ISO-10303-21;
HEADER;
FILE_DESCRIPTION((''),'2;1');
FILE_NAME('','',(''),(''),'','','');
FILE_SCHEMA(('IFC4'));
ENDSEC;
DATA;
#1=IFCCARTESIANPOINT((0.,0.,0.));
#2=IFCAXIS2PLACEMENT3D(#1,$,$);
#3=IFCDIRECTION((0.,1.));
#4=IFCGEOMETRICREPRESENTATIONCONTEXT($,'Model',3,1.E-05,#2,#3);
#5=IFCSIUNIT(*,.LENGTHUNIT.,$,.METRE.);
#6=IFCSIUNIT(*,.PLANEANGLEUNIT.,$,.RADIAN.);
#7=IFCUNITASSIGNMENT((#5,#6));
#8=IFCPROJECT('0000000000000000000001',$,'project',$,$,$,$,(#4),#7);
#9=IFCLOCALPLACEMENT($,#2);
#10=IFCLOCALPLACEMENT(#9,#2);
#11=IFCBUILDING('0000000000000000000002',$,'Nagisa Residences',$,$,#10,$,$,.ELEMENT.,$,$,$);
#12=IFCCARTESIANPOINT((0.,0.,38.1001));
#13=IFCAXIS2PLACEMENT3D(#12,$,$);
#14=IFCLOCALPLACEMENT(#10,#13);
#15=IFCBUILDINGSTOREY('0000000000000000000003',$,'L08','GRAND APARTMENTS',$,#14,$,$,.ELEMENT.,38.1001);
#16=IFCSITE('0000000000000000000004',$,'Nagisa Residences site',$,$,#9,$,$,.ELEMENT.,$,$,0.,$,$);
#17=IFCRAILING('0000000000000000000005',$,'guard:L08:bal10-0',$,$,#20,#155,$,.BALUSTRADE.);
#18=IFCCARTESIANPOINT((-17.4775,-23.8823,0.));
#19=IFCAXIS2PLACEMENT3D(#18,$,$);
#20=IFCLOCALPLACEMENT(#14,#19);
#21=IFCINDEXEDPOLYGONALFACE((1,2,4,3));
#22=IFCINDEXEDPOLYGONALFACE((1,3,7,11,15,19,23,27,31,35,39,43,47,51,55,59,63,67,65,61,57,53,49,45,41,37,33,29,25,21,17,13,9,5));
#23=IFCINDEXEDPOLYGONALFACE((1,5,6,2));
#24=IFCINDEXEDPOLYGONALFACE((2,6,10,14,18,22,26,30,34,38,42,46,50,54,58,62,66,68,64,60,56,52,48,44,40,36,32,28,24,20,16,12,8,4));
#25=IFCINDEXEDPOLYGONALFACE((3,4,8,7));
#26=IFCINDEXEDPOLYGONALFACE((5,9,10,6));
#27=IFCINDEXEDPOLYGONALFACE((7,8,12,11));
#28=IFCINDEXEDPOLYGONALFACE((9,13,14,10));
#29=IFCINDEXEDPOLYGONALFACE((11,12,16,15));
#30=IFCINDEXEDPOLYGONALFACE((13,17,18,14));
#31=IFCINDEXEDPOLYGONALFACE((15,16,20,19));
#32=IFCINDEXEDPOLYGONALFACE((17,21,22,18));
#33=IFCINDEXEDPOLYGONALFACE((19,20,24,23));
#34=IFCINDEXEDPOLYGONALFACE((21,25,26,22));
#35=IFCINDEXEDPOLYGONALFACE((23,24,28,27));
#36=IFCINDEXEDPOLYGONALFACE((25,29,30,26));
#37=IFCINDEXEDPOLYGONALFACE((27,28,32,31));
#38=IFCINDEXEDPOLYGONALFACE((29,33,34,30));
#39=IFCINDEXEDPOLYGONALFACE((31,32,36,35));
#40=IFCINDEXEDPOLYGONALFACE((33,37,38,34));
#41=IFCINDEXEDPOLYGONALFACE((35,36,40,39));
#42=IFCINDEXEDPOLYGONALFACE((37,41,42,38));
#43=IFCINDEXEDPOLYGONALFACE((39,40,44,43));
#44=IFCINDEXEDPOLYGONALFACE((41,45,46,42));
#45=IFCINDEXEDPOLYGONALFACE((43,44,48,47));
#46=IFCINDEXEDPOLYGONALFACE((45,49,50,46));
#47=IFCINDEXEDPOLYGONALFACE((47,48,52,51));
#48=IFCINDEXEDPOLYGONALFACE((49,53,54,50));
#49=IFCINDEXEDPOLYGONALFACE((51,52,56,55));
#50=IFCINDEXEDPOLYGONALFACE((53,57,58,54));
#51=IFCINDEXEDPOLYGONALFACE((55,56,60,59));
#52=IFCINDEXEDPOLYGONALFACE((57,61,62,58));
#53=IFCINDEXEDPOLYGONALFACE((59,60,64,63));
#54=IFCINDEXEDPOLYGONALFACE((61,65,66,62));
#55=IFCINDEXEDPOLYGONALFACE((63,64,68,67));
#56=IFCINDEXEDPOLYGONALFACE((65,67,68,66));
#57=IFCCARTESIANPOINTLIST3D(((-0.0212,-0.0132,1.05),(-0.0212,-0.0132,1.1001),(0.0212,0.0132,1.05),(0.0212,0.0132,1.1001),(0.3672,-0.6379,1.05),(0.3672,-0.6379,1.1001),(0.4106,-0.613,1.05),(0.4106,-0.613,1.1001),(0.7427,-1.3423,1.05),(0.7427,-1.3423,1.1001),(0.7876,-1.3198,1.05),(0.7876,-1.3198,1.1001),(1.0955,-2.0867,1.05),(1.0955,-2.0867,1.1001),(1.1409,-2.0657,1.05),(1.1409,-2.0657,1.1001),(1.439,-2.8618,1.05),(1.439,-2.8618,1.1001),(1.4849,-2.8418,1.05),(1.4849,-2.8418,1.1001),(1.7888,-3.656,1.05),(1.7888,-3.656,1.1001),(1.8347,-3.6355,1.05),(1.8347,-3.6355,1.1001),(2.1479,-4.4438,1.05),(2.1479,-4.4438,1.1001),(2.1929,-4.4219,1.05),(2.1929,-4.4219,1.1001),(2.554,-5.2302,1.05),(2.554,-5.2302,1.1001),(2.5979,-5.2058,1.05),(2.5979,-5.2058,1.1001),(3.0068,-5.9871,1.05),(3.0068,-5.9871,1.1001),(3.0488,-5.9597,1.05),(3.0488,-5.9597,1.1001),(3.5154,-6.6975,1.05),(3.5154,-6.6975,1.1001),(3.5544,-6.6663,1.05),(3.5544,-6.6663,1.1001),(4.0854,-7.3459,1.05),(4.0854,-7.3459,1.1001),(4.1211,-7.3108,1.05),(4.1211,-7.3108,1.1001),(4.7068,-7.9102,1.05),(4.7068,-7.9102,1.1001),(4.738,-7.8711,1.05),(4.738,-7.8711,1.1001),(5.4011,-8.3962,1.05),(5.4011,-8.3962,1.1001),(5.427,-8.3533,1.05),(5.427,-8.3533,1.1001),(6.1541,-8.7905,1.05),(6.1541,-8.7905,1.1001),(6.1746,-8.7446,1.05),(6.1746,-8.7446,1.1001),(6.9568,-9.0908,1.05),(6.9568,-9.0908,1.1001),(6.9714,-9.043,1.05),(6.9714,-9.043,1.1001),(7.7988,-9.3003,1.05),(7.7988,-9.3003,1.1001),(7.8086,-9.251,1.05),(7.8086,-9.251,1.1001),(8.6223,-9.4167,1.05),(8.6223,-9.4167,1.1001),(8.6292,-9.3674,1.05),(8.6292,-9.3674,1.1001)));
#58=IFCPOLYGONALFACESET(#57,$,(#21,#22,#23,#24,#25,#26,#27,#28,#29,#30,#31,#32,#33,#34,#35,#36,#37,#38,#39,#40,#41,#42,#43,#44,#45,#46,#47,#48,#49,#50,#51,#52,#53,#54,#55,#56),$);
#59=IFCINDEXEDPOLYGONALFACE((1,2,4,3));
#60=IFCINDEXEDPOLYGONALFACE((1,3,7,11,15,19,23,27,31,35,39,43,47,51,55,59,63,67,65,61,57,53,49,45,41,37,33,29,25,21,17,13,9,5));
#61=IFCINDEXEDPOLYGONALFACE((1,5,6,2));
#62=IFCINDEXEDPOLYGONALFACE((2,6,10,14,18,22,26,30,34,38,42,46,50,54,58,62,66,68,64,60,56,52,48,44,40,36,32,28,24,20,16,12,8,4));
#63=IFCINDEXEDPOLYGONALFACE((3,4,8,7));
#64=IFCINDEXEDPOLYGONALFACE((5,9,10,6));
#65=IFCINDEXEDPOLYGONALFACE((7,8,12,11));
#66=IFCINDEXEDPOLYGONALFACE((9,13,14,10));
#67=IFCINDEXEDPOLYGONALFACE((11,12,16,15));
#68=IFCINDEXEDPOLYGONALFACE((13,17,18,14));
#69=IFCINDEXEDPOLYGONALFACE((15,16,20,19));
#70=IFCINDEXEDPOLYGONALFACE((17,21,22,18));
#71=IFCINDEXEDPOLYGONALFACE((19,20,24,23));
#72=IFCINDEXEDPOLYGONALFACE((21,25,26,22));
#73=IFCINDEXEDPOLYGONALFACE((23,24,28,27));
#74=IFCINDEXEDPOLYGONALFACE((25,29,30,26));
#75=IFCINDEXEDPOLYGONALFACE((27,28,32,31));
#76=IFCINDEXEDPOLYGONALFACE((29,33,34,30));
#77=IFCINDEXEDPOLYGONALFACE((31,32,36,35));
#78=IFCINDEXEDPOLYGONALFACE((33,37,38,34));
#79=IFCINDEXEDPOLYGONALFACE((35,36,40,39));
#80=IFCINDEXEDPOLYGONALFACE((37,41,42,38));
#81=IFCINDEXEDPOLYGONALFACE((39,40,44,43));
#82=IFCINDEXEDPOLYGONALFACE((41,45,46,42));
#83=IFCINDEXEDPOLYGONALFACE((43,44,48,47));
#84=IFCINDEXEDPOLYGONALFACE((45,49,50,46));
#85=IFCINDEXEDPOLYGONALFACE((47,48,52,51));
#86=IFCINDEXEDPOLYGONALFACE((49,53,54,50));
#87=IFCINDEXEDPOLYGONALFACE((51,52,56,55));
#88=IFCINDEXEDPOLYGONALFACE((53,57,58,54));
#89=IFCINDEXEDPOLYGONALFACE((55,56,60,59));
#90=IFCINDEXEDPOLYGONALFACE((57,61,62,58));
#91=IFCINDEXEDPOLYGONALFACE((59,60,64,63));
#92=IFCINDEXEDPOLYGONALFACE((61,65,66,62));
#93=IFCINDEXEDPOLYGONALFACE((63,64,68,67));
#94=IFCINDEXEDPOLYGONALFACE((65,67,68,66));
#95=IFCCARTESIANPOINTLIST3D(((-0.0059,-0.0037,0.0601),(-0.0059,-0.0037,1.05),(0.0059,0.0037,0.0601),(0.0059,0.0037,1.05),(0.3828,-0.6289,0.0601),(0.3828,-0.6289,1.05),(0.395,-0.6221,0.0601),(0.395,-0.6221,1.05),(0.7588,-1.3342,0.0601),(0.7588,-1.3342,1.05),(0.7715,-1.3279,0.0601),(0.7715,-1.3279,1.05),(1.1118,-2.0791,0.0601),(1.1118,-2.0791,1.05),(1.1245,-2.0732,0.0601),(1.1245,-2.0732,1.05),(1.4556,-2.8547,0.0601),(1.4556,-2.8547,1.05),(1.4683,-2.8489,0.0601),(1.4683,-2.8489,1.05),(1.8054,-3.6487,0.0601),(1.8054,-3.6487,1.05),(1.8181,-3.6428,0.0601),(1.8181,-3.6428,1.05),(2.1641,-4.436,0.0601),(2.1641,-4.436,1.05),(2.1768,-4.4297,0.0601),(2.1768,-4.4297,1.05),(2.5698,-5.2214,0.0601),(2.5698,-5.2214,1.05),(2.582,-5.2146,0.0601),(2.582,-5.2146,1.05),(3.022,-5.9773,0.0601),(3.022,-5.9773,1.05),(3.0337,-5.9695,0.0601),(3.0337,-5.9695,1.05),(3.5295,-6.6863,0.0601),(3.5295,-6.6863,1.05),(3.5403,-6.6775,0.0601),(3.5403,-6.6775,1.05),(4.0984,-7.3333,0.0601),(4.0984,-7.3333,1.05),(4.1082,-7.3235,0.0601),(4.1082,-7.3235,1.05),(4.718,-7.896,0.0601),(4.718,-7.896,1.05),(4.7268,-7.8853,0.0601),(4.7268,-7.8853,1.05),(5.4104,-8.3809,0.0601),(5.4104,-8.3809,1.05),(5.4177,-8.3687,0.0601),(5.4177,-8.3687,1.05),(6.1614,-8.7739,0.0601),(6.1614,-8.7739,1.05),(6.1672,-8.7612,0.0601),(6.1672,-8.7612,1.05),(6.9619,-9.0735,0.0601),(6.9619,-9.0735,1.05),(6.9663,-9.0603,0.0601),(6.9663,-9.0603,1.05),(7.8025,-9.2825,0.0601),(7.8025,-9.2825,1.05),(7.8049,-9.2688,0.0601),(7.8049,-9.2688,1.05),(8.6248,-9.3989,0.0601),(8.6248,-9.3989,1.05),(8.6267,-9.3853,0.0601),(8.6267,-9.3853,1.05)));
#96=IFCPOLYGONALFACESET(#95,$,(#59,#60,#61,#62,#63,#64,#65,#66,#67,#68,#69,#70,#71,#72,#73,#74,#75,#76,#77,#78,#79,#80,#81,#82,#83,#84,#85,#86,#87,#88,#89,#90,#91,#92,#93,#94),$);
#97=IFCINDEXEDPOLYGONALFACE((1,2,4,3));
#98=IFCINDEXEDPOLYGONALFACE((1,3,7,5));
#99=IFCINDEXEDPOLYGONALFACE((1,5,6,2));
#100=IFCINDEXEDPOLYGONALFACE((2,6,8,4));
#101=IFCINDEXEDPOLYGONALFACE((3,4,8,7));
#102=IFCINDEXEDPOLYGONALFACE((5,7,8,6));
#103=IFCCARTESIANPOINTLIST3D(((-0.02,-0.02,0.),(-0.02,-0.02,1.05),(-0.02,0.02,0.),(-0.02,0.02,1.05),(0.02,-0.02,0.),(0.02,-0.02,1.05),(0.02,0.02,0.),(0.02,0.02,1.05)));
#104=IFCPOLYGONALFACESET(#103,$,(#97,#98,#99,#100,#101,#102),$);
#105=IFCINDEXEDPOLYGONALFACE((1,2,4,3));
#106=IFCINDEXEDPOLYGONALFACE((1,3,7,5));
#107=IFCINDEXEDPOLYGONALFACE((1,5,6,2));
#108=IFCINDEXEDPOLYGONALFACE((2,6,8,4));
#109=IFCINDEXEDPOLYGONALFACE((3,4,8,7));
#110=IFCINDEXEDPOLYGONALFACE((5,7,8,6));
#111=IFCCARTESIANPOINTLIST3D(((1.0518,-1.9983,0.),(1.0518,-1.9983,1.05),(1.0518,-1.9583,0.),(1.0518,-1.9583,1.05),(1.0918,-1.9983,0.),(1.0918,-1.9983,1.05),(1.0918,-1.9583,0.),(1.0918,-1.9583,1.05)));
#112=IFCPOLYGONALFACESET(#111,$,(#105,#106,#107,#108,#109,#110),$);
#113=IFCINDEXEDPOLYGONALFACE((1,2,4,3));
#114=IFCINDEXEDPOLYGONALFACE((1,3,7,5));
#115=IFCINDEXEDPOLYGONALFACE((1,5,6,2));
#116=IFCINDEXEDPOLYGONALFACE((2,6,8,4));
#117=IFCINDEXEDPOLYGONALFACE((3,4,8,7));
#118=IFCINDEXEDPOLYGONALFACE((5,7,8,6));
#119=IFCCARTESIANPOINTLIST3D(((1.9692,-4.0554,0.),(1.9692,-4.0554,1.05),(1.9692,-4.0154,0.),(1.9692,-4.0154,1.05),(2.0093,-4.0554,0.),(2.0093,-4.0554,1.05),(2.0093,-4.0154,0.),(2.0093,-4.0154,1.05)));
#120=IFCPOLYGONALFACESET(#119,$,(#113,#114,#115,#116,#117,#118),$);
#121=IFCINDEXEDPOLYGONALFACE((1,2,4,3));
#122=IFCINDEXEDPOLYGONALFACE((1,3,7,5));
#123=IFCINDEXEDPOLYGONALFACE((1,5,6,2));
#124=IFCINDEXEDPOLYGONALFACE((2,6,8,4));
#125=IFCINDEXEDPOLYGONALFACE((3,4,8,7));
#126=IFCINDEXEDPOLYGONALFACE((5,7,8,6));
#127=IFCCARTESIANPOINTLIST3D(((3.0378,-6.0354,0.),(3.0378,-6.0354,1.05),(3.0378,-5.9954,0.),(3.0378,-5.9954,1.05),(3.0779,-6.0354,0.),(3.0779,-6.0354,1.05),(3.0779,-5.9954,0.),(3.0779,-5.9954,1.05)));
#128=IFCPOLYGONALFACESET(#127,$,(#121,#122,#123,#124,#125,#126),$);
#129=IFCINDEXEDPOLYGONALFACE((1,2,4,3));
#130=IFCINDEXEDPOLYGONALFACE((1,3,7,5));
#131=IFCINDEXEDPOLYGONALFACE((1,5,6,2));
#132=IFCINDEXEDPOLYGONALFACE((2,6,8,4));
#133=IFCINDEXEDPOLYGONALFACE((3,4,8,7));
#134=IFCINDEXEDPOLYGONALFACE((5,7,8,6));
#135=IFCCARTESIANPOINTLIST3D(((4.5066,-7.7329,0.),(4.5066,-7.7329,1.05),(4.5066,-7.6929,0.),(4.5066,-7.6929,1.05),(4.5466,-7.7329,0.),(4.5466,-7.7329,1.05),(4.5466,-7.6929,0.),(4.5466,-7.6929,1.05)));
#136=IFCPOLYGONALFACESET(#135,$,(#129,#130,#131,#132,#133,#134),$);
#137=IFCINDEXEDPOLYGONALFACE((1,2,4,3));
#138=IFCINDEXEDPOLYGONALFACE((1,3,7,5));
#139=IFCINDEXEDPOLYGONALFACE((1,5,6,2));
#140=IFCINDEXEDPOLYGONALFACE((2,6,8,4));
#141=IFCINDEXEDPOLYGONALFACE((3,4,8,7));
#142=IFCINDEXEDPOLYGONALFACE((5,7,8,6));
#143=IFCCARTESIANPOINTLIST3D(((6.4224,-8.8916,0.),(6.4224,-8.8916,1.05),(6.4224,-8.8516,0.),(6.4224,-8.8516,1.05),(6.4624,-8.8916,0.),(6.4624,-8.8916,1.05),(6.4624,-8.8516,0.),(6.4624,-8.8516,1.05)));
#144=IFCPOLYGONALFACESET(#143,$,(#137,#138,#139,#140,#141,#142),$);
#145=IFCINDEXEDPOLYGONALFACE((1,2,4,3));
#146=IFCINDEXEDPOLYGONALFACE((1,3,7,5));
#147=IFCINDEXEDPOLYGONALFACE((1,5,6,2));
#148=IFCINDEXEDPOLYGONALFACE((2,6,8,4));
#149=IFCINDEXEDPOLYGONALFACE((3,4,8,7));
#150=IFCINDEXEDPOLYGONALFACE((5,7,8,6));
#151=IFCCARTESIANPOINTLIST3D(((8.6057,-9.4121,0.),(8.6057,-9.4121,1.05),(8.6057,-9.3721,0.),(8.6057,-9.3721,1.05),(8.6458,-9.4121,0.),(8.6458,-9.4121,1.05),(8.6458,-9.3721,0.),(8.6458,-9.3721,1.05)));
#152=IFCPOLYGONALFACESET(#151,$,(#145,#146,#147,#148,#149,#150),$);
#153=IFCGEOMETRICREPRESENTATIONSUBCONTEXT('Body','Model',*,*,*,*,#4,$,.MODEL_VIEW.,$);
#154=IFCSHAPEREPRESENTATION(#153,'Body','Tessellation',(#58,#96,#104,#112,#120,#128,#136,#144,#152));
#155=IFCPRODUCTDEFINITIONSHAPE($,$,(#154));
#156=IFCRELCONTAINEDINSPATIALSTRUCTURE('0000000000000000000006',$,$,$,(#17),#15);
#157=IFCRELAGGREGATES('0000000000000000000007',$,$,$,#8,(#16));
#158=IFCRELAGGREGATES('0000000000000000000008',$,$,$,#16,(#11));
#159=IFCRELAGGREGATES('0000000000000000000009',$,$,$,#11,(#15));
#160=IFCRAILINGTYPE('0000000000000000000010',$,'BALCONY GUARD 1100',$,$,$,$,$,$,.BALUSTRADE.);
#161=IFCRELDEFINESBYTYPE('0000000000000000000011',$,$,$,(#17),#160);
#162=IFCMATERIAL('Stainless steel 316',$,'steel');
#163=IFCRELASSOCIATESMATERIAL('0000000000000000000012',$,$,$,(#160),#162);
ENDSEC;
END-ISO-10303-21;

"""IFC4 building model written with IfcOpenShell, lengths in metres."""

from ifc_helpers import new_model, si_unit, direction, frame, origin, origin_2d, place, context, subcontext, project, spatial, polyline, rectangle, outline, extrude, material, type_object, element, save


model = new_model("IFC4")

# Units and contexts
model_context = context("Model", 3, precision=1e-05, world=origin(), true_north=direction((0.0, 1.0)))
body_context = subcontext(model_context, "Body", "Model", "MODEL_VIEW")
ifc_project = project(units=[si_unit("LENGTHUNIT", "METRE"), si_unit("PLANEANGLEUNIT", "RADIAN")], contexts=[model_context])

# Site, building, storey
site_placement = place(None, origin())
site = spatial("IfcSite", under=ifc_project, at=site_placement, Name="Nagisa Residences site", CompositionType="ELEMENT", RefElevation=0.0)
building_placement = place(site_placement, origin())
building = spatial("IfcBuilding", under=site, at=building_placement, Name="Nagisa Residences", CompositionType="ELEMENT")
storey_placement = place(building_placement, frame((0.0, 0.0, 38.1001)))
storey = spatial("IfcBuildingStorey", under=building, at=storey_placement, Name="L08", Description="GRAND APARTMENTS", CompositionType="ELEMENT", Elevation=38.1001)

# Railing
ifc_material_1 = material(Name="Stainless steel 316", Category="steel")
railing_type = type_object("IfcRailingType", Name="BALCONY GUARD 1100", PredefinedType="BALUSTRADE", material=ifc_material_1)
railing_1_placement = place(storey_placement, frame((-17.4775, -23.8823, 0.0)))
element("IfcRailing", 1, at=railing_1_placement, inside=storey, type_object=railing_type, Name="guard:L08:bal10-0", PredefinedType="BALUSTRADE", context=body_context, shape_type="SweptSolid", body=[
    extrude(outline(polyline([(0.4106, -0.613), (0.0212, 0.0132), (-0.0212, -0.0132), (0.3672, -0.6379), (0.7427, -1.3423), (1.0955, -2.0867), (1.439, -2.8618), (1.7888, -3.656), (2.1479, -4.4438), (2.554, -5.2302), (3.0068, -5.9871), (3.5154, -6.6975), (4.0854, -7.3459), (4.7068, -7.9102), (5.4011, -8.3962), (6.1541, -8.7905), (6.9568, -9.0908), (7.7988, -9.3003), (8.6223, -9.4167), (8.6292, -9.3674), (7.8086, -9.251), (6.9714, -9.043), (6.1746, -8.7446), (5.427, -8.3533), (4.738, -7.8711), (4.1211, -7.3108), (3.5544, -6.6663), (3.0488, -5.9597), (2.5979, -5.2058), (2.1929, -4.4219), (1.8347, -3.6355), (1.4849, -2.8418), (1.1409, -2.0657), (0.7876, -1.3198), (0.4106, -0.613)])), frame((0.0, 0.0, 1.05)), (0.0, 0.0, 1.0), 0.05),
    extrude(outline(polyline([(0.395, -0.6221), (0.0059, 0.0037), (-0.0059, -0.0037), (0.3828, -0.6289), (0.7588, -1.3342), (1.1118, -2.0791), (1.4556, -2.8547), (1.8054, -3.6487), (2.1641, -4.436), (2.5698, -5.2214), (3.022, -5.9773), (3.5295, -6.6863), (4.0984, -7.3333), (4.718, -7.896), (5.4104, -8.3809), (6.1614, -8.7739), (6.9619, -9.0735), (7.8025, -9.2825), (8.6248, -9.3989), (8.6267, -9.3853), (7.8049, -9.2688), (6.9663, -9.0603), (6.1672, -8.7612), (5.4177, -8.3687), (4.7268, -7.8853), (4.1082, -7.3235), (3.5403, -6.6775), (3.0337, -5.9695), (2.582, -5.2146), (2.1768, -4.4297), (1.8181, -3.6428), (1.4683, -2.8489), (1.1245, -2.0732), (0.7715, -1.3279), (0.395, -0.6221)])), frame((0.0, 0.0, 0.0601)), (0.0, 0.0, 1.0), 0.99),
    extrude(rectangle(XDim=0.04, YDim=0.04, at=origin_2d()), origin(), (0.0, 0.0, 1.0), 1.05),
    extrude(rectangle(XDim=0.04, YDim=0.04, at=origin_2d()), frame((1.0718, -1.9783, 0.0)), (0.0, 0.0, 1.0), 1.05),
    extrude(rectangle(XDim=0.04, YDim=0.04, at=origin_2d()), frame((1.9893, -4.0354, 0.0)), (0.0, 0.0, 1.0), 1.05),
    extrude(rectangle(XDim=0.04, YDim=0.04, at=origin_2d()), frame((3.0579, -6.0154, 0.0)), (0.0, 0.0, 1.0), 1.05),
    extrude(rectangle(XDim=0.04, YDim=0.04, at=origin_2d()), frame((4.5266, -7.7129, 0.0)), (0.0, 0.0, 1.0), 1.05),
    extrude(rectangle(XDim=0.04, YDim=0.04, at=origin_2d()), frame((6.4424, -8.8716, 0.0)), (0.0, 0.0, 1.0), 1.05),
    extrude(rectangle(XDim=0.04, YDim=0.04, at=origin_2d()), frame((8.6257, -9.3921, 0.0)), (0.0, 0.0, 1.0), 1.05),
])

save(model, "model.ifc")
